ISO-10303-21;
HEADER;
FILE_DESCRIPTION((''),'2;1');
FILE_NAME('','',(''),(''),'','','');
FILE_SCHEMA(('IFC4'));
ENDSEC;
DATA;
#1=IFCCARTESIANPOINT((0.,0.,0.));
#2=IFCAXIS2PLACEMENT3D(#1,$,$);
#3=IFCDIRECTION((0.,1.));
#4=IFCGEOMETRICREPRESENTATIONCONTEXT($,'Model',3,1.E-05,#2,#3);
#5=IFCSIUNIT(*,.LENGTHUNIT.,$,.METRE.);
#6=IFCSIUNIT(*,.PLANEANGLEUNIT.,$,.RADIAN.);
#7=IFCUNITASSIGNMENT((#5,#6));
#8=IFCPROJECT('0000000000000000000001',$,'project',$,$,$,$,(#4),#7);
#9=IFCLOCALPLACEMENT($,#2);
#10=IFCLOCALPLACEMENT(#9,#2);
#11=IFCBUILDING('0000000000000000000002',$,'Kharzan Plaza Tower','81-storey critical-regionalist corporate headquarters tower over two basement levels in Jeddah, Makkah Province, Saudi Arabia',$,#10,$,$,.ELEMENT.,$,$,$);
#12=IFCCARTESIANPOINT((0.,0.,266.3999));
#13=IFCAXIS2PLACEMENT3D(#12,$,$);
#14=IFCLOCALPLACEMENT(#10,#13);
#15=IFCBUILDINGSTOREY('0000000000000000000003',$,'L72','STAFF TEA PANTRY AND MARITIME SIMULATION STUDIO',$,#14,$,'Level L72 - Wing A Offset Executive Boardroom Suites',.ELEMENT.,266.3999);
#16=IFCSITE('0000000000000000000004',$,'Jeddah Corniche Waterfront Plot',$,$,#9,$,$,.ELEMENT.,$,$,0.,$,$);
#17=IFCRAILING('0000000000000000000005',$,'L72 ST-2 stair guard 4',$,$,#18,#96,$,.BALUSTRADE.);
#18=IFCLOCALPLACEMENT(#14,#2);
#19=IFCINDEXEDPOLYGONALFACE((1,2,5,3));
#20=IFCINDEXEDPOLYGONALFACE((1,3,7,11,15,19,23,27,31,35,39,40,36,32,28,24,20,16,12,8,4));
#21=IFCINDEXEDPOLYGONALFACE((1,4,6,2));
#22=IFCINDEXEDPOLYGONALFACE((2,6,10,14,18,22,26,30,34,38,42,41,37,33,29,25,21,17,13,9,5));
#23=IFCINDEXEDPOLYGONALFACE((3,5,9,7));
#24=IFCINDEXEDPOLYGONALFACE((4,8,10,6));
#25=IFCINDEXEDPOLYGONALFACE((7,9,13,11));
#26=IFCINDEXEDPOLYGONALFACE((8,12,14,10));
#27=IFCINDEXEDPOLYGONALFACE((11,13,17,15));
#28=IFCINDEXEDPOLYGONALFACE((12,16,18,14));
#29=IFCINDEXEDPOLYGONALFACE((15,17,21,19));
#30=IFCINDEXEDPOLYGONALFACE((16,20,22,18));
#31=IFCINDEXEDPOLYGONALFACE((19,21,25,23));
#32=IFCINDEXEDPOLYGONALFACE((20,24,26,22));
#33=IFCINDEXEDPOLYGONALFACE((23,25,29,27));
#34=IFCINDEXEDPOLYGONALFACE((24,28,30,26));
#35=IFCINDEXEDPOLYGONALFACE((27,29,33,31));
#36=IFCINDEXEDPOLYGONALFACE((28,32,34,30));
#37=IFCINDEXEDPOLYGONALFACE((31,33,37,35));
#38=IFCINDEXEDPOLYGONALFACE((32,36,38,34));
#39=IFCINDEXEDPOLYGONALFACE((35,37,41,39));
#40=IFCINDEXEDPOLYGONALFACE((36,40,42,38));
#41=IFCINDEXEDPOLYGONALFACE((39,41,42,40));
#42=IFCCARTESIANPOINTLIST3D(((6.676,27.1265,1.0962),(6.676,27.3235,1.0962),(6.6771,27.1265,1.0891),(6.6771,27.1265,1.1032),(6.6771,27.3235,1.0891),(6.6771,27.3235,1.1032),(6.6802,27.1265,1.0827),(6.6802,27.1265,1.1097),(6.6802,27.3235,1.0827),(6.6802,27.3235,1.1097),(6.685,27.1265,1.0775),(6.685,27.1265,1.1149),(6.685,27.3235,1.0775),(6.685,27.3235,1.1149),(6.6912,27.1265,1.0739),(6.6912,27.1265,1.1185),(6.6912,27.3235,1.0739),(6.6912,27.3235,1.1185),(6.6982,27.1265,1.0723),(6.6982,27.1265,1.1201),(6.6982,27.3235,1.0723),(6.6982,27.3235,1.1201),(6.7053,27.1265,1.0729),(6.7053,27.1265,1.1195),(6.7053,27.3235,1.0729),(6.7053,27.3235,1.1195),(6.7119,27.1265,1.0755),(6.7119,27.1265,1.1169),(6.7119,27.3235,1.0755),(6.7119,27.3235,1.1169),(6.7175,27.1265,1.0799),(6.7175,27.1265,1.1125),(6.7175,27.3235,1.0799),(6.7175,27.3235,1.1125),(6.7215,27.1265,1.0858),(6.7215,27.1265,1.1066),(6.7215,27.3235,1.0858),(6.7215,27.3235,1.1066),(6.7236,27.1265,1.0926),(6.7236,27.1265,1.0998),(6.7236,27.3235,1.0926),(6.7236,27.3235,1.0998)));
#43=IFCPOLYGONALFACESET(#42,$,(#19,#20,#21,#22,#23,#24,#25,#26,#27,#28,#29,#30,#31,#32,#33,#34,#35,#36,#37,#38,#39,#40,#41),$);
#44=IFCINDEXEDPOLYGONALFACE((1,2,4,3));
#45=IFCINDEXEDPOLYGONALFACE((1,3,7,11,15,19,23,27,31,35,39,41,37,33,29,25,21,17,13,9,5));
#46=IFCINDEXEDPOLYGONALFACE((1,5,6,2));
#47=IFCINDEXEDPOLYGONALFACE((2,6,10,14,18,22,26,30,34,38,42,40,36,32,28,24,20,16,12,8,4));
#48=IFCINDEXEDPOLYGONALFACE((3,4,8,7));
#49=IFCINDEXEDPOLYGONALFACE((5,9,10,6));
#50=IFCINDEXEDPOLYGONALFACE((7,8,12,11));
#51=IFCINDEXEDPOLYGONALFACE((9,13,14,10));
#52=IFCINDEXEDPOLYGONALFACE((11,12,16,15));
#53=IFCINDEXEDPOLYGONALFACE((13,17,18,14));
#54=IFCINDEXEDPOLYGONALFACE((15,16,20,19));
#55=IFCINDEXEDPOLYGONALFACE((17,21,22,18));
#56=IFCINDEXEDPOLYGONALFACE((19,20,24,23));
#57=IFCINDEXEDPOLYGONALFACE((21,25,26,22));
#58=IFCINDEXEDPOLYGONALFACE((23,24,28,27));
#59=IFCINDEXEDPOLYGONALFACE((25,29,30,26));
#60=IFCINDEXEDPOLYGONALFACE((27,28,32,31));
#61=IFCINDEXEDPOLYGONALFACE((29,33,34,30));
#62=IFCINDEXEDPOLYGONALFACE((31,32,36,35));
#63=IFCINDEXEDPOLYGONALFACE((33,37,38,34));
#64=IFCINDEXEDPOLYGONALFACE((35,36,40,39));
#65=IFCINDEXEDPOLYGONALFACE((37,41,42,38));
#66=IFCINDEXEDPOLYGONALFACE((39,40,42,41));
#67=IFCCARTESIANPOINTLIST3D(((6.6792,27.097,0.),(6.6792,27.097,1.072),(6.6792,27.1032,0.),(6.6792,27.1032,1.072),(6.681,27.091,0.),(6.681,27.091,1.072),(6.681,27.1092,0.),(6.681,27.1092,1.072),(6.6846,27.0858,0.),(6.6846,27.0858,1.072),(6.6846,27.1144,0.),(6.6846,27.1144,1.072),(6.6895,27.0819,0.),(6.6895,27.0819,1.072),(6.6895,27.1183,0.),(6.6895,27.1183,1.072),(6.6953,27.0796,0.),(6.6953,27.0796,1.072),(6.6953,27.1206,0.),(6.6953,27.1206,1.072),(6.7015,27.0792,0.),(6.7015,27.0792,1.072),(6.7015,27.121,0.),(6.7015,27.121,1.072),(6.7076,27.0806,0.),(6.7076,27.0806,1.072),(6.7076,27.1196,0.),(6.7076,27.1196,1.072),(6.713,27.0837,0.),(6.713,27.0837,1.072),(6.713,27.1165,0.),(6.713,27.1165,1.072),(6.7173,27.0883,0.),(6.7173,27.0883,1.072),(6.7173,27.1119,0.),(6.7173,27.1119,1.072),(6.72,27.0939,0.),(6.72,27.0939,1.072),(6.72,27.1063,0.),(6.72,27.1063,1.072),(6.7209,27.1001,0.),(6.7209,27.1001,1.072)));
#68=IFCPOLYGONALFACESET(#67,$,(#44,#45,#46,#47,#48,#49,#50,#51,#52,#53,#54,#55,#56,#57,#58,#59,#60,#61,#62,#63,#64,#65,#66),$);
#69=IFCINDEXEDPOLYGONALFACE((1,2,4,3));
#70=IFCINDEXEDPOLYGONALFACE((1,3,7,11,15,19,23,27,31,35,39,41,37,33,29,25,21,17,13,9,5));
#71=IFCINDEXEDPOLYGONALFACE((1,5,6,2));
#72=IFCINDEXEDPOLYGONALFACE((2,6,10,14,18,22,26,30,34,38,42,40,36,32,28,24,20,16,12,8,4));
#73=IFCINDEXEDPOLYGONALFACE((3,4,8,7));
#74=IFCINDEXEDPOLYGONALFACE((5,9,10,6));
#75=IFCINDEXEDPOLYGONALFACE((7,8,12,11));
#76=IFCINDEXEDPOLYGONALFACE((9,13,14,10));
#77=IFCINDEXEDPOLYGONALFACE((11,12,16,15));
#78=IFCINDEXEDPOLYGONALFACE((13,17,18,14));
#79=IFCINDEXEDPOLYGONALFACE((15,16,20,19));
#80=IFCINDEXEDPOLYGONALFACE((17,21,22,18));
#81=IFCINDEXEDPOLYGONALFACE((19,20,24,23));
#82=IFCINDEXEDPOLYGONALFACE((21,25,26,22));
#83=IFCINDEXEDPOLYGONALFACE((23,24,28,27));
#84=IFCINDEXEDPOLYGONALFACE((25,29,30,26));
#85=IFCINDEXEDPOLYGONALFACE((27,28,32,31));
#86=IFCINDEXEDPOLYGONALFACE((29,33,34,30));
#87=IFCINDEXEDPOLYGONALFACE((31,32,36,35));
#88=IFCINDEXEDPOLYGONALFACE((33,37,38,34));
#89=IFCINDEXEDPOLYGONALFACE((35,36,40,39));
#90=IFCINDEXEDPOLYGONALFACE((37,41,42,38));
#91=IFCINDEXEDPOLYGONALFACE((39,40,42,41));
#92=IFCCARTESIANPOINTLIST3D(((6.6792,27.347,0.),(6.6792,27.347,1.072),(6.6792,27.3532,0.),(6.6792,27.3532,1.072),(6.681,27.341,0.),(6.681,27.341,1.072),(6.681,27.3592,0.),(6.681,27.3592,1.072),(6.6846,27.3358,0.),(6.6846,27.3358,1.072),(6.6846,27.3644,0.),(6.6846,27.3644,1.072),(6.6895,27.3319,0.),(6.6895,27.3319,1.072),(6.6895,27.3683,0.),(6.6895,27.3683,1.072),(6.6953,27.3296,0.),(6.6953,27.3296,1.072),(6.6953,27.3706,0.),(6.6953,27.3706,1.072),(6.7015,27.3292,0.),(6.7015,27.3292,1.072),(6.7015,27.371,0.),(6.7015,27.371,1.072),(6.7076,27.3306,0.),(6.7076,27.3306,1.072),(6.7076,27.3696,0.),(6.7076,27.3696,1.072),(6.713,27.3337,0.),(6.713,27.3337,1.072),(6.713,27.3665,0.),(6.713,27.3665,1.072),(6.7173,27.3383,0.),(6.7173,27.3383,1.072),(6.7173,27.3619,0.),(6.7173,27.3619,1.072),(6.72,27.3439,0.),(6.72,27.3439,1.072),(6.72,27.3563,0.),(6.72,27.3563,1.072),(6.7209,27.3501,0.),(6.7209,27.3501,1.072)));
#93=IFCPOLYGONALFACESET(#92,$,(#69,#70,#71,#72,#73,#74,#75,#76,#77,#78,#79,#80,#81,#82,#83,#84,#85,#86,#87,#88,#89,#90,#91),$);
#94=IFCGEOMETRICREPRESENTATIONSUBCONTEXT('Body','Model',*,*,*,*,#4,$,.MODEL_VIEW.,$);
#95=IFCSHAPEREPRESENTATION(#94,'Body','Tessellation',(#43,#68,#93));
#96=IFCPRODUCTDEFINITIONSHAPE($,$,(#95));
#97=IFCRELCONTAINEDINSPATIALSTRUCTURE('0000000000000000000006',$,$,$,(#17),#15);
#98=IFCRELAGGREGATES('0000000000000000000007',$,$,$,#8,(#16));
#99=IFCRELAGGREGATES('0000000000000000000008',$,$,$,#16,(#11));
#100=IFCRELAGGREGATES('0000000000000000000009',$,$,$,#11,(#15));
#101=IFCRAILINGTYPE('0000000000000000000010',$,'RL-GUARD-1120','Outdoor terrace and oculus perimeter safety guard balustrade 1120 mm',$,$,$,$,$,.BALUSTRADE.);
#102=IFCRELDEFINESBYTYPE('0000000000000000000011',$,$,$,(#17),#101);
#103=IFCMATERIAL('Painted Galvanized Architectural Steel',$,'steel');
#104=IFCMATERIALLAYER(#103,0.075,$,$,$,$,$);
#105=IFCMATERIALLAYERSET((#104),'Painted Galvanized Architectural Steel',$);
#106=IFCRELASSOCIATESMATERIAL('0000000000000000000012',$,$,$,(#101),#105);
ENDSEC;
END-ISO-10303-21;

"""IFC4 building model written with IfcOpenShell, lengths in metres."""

from ifc_helpers import new_model, si_unit, direction, frame, origin, origin_2d, place, context, subcontext, project, spatial, circle, extrude, source, transform, mapped, material, layer, layer_set, type_object, element, save


model = new_model("IFC4")

# Units and contexts
model_context = context("Model", 3, precision=1e-05, world=origin(), true_north=direction((0.0, 1.0)))
body_context = subcontext(model_context, "Body", "Model", "MODEL_VIEW")
ifc_project = project(units=[si_unit("LENGTHUNIT", "METRE"), si_unit("PLANEANGLEUNIT", "RADIAN")], contexts=[model_context])

# Site, building, storey
site_placement = place(None, origin())
site = spatial("IfcSite", under=ifc_project, at=site_placement, Name="Jeddah Corniche Waterfront Plot", CompositionType="ELEMENT", RefElevation=0.0)
building_placement = place(site_placement, origin())
building = spatial("IfcBuilding", under=site, at=building_placement, Name="Kharzan Plaza Tower", Description="81-storey critical-regionalist corporate headquarters tower over two basement levels in Jeddah, Makkah Province, Saudi Arabia", CompositionType="ELEMENT")
storey_placement = place(building_placement, frame((0.0, 0.0, 266.3999)))
storey = spatial("IfcBuildingStorey", under=building, at=storey_placement, Name="L72", Description="STAFF TEA PANTRY AND MARITIME SIMULATION STUDIO", LongName="Level L72 - Wing A Offset Executive Boardroom Suites", CompositionType="ELEMENT", Elevation=266.3999)

# Railing
ifc_material_1 = material(Name="Painted Galvanized Architectural Steel", Category="steel")
ifc_layer_1 = layer(ifc_material_1, 0.075)
ifc_layer_set_1 = layer_set([ifc_layer_1], Name="Painted Galvanized Architectural Steel")
railing_type_1 = type_object("IfcRailingType", Name="RL-GUARD-1120", Description="Outdoor terrace and oculus perimeter safety guard balustrade 1120 mm", PredefinedType="BALUSTRADE", material=ifc_layer_set_1)
shared_shape_1 = source(origin(), body_context, "Body", "SweptSolid", [
    extrude(circle(Radius=0.0239, at=origin_2d()), frame((0.0, 0.0264, 1.0962), z_axis=(0.0, 1.0, 0.0), x_axis=(-1.0, 0.0, 0.0)), (0.0, 0.0, 1.0), 0.197),
    extrude(circle(Radius=0.021, at=origin_2d()), origin(), (0.0, 0.0, 1.0), 1.072),
    extrude(circle(Radius=0.021, at=origin_2d()), frame((0.0, 0.25, 0.0)), (0.0, 0.0, 1.0), 1.072),
])
for number, where, name in (
    (1, (6.7, 27.1001, 0.0), "L72 ST-2 stair guard 4"),
):
    element("IfcRailing", number, at=place(storey_placement, frame(where)), inside=storey, type_object=railing_type_1, Name=name, PredefinedType="BALUSTRADE", context=body_context, shape_type="MappedRepresentation", body=[
        mapped(shared_shape_1, transform((0.0, 0.0, 0.0), x_axis=(1.0, 0.0, 0.0), y_axis=(0.0, 1.0, 0.0), z_axis=(0.0, 0.0, 1.0))),
    ])

save(model, "model.ifc")
